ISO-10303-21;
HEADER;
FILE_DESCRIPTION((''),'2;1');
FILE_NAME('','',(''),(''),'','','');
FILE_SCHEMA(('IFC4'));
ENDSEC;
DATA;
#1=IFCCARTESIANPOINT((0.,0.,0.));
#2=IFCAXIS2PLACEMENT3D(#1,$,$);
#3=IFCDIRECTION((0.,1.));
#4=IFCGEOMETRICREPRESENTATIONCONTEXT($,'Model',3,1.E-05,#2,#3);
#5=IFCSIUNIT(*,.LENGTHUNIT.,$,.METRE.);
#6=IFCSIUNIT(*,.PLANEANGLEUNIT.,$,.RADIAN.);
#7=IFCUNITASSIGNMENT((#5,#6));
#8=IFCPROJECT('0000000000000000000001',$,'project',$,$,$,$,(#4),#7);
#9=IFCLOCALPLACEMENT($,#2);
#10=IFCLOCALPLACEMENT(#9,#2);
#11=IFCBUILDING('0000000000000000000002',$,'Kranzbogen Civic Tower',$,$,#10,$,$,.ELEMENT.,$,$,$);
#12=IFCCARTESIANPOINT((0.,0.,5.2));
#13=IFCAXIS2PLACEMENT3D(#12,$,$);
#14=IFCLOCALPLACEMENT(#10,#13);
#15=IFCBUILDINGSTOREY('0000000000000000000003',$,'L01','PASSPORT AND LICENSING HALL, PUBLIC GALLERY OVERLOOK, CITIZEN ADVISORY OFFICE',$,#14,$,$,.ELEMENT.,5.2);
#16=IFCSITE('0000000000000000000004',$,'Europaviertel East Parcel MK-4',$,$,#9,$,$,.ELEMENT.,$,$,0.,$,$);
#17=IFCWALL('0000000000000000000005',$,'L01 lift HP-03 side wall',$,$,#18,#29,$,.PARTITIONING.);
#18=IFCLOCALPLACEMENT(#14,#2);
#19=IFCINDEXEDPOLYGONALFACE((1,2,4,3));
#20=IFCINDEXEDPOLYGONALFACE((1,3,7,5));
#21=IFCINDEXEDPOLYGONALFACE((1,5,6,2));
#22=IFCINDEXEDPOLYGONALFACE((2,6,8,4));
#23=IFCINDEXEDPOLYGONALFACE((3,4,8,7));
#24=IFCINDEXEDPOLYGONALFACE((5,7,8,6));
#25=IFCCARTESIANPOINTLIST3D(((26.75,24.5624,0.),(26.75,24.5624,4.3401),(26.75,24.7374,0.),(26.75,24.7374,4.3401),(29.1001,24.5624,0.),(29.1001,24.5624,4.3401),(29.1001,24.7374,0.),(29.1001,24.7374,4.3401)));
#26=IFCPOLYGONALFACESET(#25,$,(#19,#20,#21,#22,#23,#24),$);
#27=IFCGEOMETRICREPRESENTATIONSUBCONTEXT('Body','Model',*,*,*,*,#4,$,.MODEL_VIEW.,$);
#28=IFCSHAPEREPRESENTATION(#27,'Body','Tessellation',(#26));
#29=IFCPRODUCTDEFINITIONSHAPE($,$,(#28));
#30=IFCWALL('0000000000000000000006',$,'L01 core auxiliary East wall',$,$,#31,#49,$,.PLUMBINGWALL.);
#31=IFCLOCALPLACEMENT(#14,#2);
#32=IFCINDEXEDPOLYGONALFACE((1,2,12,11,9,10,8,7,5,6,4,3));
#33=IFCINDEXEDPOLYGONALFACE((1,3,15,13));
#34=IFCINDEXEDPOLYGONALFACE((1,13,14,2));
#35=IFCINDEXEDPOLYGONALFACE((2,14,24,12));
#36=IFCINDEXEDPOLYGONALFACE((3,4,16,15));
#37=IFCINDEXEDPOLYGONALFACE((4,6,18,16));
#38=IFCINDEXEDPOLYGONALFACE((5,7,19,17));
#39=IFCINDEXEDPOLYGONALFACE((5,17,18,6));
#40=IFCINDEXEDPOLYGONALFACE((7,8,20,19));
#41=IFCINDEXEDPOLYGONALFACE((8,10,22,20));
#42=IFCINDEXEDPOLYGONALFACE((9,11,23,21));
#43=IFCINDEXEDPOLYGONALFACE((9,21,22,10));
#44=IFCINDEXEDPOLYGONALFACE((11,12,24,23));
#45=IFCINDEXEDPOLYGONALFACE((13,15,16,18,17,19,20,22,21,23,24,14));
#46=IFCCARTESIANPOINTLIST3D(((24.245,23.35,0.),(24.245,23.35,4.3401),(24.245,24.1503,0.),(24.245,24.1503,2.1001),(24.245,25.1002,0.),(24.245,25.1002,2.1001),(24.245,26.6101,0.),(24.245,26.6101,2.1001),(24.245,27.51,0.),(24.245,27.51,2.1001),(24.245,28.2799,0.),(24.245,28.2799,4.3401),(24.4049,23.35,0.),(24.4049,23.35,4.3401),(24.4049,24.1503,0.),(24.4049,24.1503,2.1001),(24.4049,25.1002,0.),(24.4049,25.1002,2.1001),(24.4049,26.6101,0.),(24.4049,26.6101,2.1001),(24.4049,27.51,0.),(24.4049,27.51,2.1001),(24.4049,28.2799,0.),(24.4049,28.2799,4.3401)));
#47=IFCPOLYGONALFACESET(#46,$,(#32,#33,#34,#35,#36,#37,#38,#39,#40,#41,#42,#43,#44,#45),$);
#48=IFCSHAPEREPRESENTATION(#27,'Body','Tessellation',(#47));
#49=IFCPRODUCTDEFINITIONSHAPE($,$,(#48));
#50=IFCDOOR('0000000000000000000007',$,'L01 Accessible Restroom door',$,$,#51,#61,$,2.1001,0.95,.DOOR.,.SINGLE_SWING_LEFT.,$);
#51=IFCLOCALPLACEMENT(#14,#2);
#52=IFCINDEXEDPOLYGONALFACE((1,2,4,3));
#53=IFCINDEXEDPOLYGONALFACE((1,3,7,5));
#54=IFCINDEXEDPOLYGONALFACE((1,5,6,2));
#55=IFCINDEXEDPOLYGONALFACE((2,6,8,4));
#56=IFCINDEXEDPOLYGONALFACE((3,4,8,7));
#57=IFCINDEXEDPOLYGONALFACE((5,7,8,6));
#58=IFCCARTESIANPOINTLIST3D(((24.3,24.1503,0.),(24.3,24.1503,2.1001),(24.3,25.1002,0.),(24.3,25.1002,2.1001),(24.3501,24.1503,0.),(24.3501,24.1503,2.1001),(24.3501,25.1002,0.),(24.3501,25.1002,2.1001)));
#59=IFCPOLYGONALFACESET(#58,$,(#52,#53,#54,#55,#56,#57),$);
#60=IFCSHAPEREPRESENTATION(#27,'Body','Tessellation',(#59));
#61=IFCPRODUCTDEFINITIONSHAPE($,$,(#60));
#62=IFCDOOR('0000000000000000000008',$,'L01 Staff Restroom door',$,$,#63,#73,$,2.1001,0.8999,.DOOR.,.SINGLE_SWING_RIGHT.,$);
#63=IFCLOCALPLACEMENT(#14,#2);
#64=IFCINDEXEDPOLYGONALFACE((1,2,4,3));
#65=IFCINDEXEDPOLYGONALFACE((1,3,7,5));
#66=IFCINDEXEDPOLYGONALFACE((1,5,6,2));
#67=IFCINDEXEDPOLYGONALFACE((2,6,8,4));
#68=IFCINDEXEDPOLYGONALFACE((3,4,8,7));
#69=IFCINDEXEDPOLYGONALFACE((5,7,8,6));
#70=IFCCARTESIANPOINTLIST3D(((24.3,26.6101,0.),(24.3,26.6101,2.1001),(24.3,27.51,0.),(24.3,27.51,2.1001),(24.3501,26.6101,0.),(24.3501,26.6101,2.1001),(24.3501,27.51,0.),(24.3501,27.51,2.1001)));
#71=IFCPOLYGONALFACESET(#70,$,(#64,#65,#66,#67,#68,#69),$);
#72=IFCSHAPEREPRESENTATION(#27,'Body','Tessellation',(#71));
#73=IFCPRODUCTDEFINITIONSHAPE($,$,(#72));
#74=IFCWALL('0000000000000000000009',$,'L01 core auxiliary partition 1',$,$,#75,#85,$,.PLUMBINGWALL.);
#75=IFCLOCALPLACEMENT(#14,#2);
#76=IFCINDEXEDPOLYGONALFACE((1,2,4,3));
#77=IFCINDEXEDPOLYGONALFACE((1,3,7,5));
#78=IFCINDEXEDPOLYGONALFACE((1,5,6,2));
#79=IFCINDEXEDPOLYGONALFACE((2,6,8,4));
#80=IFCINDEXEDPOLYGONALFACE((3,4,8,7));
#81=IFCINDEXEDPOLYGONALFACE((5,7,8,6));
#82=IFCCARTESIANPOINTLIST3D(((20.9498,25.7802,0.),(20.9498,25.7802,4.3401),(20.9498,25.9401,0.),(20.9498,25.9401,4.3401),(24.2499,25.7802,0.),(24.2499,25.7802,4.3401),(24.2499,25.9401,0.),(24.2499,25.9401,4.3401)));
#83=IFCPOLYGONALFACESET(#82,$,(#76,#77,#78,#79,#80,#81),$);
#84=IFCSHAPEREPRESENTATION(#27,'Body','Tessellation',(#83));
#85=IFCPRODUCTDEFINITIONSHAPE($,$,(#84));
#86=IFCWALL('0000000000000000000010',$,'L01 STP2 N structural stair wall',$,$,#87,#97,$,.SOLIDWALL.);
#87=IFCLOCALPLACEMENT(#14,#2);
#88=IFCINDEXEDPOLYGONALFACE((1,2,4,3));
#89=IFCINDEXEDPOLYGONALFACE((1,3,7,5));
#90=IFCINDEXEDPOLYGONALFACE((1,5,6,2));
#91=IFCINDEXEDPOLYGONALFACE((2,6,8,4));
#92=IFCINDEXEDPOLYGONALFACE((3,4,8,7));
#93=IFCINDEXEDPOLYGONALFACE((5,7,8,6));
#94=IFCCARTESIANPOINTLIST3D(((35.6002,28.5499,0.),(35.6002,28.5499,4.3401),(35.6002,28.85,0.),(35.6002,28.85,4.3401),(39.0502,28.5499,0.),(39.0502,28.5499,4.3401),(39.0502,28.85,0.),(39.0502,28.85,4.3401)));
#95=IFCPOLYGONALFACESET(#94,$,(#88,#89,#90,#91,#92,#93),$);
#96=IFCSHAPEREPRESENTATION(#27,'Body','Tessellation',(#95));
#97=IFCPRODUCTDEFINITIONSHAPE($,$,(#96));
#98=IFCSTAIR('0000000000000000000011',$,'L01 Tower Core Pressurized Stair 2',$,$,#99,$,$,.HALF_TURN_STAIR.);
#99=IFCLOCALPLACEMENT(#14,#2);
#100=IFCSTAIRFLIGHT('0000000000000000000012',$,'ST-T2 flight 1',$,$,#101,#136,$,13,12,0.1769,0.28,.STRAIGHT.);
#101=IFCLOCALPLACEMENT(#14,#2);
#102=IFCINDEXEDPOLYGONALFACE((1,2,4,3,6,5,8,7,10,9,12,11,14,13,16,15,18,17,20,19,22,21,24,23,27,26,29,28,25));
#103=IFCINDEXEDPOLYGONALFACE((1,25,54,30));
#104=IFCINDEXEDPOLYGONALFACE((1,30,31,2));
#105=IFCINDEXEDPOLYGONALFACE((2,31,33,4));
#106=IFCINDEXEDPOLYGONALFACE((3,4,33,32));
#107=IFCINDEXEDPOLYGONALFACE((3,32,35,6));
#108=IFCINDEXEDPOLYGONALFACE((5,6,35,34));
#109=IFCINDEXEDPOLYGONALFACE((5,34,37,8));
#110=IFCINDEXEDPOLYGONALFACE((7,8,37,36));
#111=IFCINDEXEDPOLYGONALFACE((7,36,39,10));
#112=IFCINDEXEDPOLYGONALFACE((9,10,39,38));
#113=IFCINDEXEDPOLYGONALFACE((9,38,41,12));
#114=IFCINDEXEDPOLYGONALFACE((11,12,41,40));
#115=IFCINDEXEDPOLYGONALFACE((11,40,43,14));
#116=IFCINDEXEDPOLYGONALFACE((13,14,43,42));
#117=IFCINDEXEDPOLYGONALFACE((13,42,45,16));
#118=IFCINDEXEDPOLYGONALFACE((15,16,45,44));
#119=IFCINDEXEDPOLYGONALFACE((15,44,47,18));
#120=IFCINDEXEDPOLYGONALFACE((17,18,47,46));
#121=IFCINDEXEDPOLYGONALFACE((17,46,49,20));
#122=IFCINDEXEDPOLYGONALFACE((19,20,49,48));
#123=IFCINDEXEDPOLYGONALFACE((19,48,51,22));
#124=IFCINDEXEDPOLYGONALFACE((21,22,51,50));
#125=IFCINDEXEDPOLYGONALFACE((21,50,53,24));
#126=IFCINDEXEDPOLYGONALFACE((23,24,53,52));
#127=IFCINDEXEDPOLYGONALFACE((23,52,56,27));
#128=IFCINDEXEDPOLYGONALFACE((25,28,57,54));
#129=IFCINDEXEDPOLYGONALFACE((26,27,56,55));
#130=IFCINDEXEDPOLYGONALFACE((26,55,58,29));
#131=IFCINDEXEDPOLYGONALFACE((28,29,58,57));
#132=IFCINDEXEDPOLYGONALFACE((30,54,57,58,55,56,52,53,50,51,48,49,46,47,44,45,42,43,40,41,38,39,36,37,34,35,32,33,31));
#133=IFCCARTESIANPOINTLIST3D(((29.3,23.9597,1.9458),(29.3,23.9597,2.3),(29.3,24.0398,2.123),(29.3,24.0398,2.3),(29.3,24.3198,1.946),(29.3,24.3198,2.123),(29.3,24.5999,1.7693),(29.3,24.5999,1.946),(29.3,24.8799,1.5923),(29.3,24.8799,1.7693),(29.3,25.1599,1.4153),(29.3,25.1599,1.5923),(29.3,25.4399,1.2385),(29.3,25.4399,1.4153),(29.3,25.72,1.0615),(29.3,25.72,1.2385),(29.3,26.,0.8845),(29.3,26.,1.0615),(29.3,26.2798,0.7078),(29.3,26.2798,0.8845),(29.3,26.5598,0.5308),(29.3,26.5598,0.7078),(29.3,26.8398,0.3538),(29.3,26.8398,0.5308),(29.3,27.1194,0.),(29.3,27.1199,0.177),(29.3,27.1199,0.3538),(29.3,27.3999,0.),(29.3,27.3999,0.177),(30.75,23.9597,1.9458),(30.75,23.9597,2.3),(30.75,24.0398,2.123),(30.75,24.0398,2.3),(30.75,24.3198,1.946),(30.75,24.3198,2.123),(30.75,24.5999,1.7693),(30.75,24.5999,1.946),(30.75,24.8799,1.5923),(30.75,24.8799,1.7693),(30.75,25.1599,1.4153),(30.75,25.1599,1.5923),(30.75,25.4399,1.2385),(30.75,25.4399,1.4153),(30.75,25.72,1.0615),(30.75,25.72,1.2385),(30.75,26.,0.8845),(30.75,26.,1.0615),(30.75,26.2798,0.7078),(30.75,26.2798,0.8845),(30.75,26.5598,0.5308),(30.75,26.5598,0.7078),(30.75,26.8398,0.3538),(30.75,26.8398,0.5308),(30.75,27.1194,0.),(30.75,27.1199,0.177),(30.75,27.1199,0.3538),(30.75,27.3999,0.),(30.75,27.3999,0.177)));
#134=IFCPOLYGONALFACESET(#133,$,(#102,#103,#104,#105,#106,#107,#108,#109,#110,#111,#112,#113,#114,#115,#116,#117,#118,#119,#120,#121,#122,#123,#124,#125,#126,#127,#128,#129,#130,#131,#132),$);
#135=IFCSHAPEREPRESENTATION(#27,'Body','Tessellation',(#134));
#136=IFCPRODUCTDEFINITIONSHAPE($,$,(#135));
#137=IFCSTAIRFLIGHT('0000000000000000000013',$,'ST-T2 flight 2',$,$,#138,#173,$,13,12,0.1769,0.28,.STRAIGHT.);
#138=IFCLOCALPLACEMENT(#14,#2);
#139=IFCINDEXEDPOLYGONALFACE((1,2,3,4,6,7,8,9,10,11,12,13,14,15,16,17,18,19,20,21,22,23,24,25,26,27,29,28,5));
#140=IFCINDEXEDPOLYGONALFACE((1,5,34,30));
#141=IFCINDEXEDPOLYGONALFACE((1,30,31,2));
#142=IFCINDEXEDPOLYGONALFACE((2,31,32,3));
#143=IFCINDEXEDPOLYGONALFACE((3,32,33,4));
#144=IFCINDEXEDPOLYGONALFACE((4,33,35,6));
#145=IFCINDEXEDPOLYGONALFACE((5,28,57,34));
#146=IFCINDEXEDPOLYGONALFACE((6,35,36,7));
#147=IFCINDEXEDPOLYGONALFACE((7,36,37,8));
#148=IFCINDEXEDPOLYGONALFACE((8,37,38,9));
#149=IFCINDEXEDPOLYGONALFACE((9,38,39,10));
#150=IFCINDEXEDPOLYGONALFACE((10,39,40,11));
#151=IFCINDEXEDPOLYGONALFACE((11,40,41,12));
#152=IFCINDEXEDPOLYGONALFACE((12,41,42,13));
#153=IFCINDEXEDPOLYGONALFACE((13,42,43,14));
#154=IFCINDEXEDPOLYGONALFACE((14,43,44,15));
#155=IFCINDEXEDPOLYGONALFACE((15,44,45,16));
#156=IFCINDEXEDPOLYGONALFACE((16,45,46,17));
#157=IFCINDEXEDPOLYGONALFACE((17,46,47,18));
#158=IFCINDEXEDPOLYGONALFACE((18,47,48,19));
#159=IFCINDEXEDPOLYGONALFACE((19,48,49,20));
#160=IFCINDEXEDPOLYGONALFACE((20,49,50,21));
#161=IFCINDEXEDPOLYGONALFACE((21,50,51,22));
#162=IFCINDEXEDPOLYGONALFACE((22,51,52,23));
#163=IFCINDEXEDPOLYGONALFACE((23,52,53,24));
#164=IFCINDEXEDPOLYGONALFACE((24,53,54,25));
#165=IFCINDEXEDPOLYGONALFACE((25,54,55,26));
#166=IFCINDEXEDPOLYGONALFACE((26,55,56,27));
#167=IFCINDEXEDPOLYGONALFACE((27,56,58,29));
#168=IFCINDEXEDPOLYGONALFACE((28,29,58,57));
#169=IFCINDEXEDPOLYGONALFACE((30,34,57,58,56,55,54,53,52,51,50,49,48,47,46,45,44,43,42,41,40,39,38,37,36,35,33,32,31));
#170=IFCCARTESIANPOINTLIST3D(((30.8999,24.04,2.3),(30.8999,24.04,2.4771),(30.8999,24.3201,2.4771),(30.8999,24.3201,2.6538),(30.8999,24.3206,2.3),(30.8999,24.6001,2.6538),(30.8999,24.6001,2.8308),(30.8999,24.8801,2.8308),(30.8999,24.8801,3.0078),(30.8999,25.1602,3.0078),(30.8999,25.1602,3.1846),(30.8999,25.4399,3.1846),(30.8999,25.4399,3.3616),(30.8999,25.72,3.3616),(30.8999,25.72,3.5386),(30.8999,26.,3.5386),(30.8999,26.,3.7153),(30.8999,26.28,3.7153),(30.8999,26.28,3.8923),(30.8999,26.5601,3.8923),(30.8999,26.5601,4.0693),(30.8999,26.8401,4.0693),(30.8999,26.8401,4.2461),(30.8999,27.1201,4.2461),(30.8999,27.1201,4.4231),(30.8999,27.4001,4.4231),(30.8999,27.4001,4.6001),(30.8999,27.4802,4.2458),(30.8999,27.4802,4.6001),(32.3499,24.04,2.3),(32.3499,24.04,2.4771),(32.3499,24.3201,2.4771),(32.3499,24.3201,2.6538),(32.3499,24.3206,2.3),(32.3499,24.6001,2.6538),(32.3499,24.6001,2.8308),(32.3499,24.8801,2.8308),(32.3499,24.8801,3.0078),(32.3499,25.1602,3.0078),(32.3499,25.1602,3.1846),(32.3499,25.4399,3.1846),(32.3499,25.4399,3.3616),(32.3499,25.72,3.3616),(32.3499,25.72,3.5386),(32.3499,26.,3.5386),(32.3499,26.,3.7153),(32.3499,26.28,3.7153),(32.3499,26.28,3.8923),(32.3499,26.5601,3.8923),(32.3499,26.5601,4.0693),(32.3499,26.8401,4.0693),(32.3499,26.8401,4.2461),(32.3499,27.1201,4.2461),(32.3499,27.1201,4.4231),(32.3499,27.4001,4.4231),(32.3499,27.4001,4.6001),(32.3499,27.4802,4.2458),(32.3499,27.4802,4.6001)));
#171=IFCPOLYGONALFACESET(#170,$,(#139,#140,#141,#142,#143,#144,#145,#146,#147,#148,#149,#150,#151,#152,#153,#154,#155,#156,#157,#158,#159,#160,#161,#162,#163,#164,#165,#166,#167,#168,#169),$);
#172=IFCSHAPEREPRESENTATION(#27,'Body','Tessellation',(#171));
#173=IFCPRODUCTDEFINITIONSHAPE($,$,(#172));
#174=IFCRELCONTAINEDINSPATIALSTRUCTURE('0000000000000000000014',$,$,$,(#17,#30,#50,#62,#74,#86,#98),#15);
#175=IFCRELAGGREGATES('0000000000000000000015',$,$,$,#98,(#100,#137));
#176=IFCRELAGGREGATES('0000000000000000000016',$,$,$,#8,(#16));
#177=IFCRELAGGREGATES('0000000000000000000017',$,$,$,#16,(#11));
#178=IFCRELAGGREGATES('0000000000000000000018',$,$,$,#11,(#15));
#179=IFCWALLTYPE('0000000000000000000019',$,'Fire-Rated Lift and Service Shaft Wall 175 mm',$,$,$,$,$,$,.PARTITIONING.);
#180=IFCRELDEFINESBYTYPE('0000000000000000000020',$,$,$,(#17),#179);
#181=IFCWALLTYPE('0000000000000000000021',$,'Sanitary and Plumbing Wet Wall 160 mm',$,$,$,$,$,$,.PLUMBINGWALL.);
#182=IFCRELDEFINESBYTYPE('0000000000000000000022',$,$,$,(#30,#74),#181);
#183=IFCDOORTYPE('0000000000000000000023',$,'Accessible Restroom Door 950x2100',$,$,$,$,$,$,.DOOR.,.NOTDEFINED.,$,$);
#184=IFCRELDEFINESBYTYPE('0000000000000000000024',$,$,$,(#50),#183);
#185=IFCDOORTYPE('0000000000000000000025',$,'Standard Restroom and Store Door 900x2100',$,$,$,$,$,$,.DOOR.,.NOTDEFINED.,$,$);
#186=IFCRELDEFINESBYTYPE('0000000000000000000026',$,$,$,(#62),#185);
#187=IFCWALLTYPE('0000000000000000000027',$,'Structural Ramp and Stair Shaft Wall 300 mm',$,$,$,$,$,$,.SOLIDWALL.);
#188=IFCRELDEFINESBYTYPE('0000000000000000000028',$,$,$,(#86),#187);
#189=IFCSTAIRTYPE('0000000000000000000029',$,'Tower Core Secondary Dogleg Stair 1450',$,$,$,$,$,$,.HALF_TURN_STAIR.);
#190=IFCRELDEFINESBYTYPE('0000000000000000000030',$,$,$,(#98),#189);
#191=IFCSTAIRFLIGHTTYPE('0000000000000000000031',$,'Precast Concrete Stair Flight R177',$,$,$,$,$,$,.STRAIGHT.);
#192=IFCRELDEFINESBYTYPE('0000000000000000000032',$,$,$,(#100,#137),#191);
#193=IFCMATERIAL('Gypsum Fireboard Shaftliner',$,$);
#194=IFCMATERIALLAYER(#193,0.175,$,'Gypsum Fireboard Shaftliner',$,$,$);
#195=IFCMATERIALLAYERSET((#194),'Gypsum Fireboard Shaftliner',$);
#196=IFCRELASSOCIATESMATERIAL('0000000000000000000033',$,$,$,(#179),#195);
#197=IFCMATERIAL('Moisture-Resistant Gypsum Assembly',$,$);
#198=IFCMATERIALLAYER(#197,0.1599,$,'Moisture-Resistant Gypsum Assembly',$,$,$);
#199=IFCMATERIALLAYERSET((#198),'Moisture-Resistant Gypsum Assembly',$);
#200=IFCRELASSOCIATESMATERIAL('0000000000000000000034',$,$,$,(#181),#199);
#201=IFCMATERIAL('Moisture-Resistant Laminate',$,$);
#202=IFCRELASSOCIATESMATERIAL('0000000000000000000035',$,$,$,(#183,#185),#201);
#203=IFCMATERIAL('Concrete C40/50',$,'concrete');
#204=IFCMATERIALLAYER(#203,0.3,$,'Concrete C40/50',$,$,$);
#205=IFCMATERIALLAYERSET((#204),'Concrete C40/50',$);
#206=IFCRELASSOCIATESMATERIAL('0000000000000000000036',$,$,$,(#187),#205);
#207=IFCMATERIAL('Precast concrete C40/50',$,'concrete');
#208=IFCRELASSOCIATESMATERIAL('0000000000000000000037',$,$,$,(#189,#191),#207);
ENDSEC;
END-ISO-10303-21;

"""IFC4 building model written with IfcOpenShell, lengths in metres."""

from ifc_helpers import new_model, si_unit, direction, frame, frame_2d, origin, place, context, subcontext, project, spatial, polyline, rectangle, outline, extrude, material, layer, layer_set, type_object, element, fill, aggregate, save


model = new_model("IFC4")

# Units and contexts
model_context = context("Model", 3, precision=1e-05, world=origin(), true_north=direction((0.0, 1.0)))
body_context = subcontext(model_context, "Body", "Model", "MODEL_VIEW")
ifc_project = project(units=[si_unit("LENGTHUNIT", "METRE"), si_unit("PLANEANGLEUNIT", "RADIAN")], contexts=[model_context])

# Site, building, storey
site_placement = place(None, origin())
site = spatial("IfcSite", under=ifc_project, at=site_placement, Name="Europaviertel East Parcel MK-4", CompositionType="ELEMENT", RefElevation=0.0)
building_placement = place(site_placement, origin())
building = spatial("IfcBuilding", under=site, at=building_placement, Name="Kranzbogen Civic Tower", CompositionType="ELEMENT")
storey_placement = place(building_placement, frame((0.0, 0.0, 5.2)))
storey = spatial("IfcBuildingStorey", under=building, at=storey_placement, Name="L01", Description="PASSPORT AND LICENSING HALL, PUBLIC GALLERY OVERLOOK, CITIZEN ADVISORY OFFICE", CompositionType="ELEMENT", Elevation=5.2)

# Wall
ifc_material_1 = material(Name="Gypsum Fireboard Shaftliner")
ifc_layer_1 = layer(ifc_material_1, 0.175, Name="Gypsum Fireboard Shaftliner")
ifc_layer_set_1 = layer_set([ifc_layer_1], Name="Gypsum Fireboard Shaftliner")
wall_type_1 = type_object("IfcWallType", Name="Fire-Rated Lift and Service Shaft Wall 175 mm", PredefinedType="PARTITIONING", material=ifc_layer_set_1)
wall_1_placement = place(storey_placement, frame((26.75, 24.6499, 0.0), z_axis=(0.0, 0.0, 1.0), x_axis=(1.0, 0.0, 0.0)))
element("IfcWall", 1, at=wall_1_placement, inside=storey, type_object=wall_type_1, Name="L01 lift HP-03 side wall", PredefinedType="PARTITIONING", context=body_context, shape_type="SweptSolid", body=[
    extrude(rectangle(XDim=2.3501, YDim=0.175, at=frame_2d((1.175, 0.0))), origin(), (0.0, 0.0, 1.0), 4.3401),
])

# Wall, openings, doors
ifc_material_2 = material(Name="Moisture-Resistant Gypsum Assembly")
ifc_layer_2 = layer(ifc_material_2, 0.1599, Name="Moisture-Resistant Gypsum Assembly")
ifc_layer_set_2 = layer_set([ifc_layer_2], Name="Moisture-Resistant Gypsum Assembly")
wall_type_2 = type_object("IfcWallType", Name="Sanitary and Plumbing Wet Wall 160 mm", PredefinedType="PLUMBINGWALL", material=ifc_layer_set_2)
wall_2_placement = place(storey_placement, frame((24.325, 23.3501, 0.0), z_axis=(0.0, 0.0, 1.0), x_axis=(0.0, 1.0, 0.0)))
wall_2 = element("IfcWall", 2, at=wall_2_placement, inside=storey, type_object=wall_type_2, Name="L01 core auxiliary East wall", PredefinedType="PLUMBINGWALL", context=body_context, shape_type="SweptSolid", body=[
    extrude(rectangle(XDim=4.9299, YDim=0.1599, at=frame_2d((2.4648, 0.0))), origin(), (0.0, 0.0, 1.0), 4.3401),
])
opening_1_placement = place(wall_2_placement, frame((0.8, 0.0, 0.0)))
opening_1 = element("IfcOpeningElement", 3, at=opening_1_placement, cuts=wall_2, PredefinedType="OPENING", context=body_context, shape_type="SweptSolid", body=[
    extrude(rectangle(XDim=0.95, YDim=2.1001, at=frame_2d((0.4751, 1.05))), frame((0.0, 0.0898, 0.0), z_axis=(0.0, -1.0, 0.0), x_axis=(1.0, 0.0, 0.0)), (0.0, 0.0, 1.0), 0.1799),
])
opening_2_placement = place(wall_2_placement, frame((3.26, 0.0, 0.0)))
opening_2 = element("IfcOpeningElement", 4, at=opening_2_placement, cuts=wall_2, PredefinedType="OPENING", context=body_context, shape_type="SweptSolid", body=[
    extrude(rectangle(XDim=0.8999, YDim=2.1001, at=frame_2d((0.45, 1.05))), frame((0.0, 0.0898, 0.0), z_axis=(0.0, -1.0, 0.0), x_axis=(1.0, 0.0, 0.0)), (0.0, 0.0, 1.0), 0.1799),
])
ifc_material_3 = material(Name="Moisture-Resistant Laminate")
door_type_1 = type_object("IfcDoorType", Name="Accessible Restroom Door 950x2100", OperationType="NOTDEFINED", PredefinedType="DOOR", material=ifc_material_3)
door_1_placement = place(opening_1_placement, origin())
door_1 = element("IfcDoor", 5, at=door_1_placement, inside=storey, type_object=door_type_1, Name="L01 Accessible Restroom door", OperationType="SINGLE_SWING_LEFT", OverallHeight=2.1001, OverallWidth=0.95, PredefinedType="DOOR", context=body_context, shape_type="SweptSolid", body=[
    extrude(rectangle(XDim=0.95, YDim=2.1001, at=frame_2d((0.4751, 1.05))), frame((0.0, 0.0249, 0.0), z_axis=(0.0, -1.0, 0.0), x_axis=(1.0, 0.0, 0.0)), (0.0, 0.0, 1.0), 0.05),
])
fill(opening_1, door_1)
door_type_2 = type_object("IfcDoorType", Name="Standard Restroom and Store Door 900x2100", OperationType="NOTDEFINED", PredefinedType="DOOR", material=ifc_material_3)
door_2_placement = place(opening_2_placement, origin())
door_2 = element("IfcDoor", 6, at=door_2_placement, inside=storey, type_object=door_type_2, Name="L01 Staff Restroom door", OperationType="SINGLE_SWING_RIGHT", OverallHeight=2.1001, OverallWidth=0.8999, PredefinedType="DOOR", context=body_context, shape_type="SweptSolid", body=[
    extrude(rectangle(XDim=0.8999, YDim=2.1001, at=frame_2d((0.45, 1.05))), frame((0.0, 0.0249, 0.0), z_axis=(0.0, -1.0, 0.0), x_axis=(1.0, 0.0, 0.0)), (0.0, 0.0, 1.0), 0.05),
])
fill(opening_2, door_2)

# Walls
wall_3_placement = place(storey_placement, frame((20.95, 25.8601, 0.0), z_axis=(0.0, 0.0, 1.0), x_axis=(1.0, 0.0, 0.0)))
element("IfcWall", 7, at=wall_3_placement, inside=storey, type_object=wall_type_2, Name="L01 core auxiliary partition 1", PredefinedType="PLUMBINGWALL", context=body_context, shape_type="SweptSolid", body=[
    extrude(rectangle(XDim=3.3, YDim=0.1599, at=frame_2d((1.6499, 0.0))), origin(), (0.0, 0.0, 1.0), 4.3401),
])
ifc_material_4 = material(Name="Concrete C40/50", Category="concrete")
ifc_layer_3 = layer(ifc_material_4, 0.3, Name="Concrete C40/50")
ifc_layer_set_3 = layer_set([ifc_layer_3], Name="Concrete C40/50")
wall_type_3 = type_object("IfcWallType", Name="Structural Ramp and Stair Shaft Wall 300 mm", PredefinedType="SOLIDWALL", material=ifc_layer_set_3)
wall_4_placement = place(storey_placement, frame((35.6001, 28.7, 0.0), z_axis=(0.0, 0.0, 1.0), x_axis=(1.0, 0.0, 0.0)))
element("IfcWall", 8, at=wall_4_placement, inside=storey, type_object=wall_type_3, Name="L01 STP2 N structural stair wall", PredefinedType="SOLIDWALL", context=body_context, shape_type="SweptSolid", body=[
    extrude(rectangle(XDim=3.45, YDim=0.3, at=frame_2d((1.7251, 0.0))), origin(), (0.0, 0.0, 1.0), 4.3401),
])

# Stair, stair flights
ifc_material_5 = material(Name="Precast concrete C40/50", Category="concrete")
stair_type = type_object("IfcStairType", Name="Tower Core Secondary Dogleg Stair 1450", PredefinedType="HALF_TURN_STAIR", material=ifc_material_5)
stair_placement = place(storey_placement, origin())
stair = element("IfcStair", 9, at=stair_placement, inside=storey, type_object=stair_type, Name="L01 Tower Core Pressurized Stair 2", PredefinedType="HALF_TURN_STAIR")
stair_flight_type = type_object("IfcStairFlightType", Name="Precast Concrete Stair Flight R177", PredefinedType="STRAIGHT", material=ifc_material_5)
stair_flight_1_placement = place(storey_placement, frame((30.0249, 27.3999, 0.0), z_axis=(0.0, 0.0, 1.0), x_axis=(0.0, -1.0, 0.0)))
stair_flight_1 = element("IfcStairFlight", 10, at=stair_flight_1_placement, type_object=stair_flight_type, Name="ST-T2 flight 1", NumberOfRisers=13, NumberOfTreads=12, PredefinedType="STRAIGHT", RiserHeight=0.1769, TreadLength=0.28, context=body_context, shape_type="SweptSolid", body=[
    extrude(outline(polyline([(0.0, 0.0), (0.0, 0.177), (0.28, 0.177), (0.28, 0.3538), (0.5601, 0.3538), (0.5601, 0.5308), (0.8401, 0.5308), (0.8401, 0.7078), (1.1201, 0.7078), (1.1201, 0.8845), (1.3999, 0.8845), (1.3999, 1.0615), (1.6799, 1.0615), (1.6799, 1.2385), (1.96, 1.2385), (1.96, 1.4153), (2.24, 1.4153), (2.24, 1.5923), (2.52, 1.5923), (2.52, 1.7693), (2.8, 1.7693), (2.8, 1.946), (3.0801, 1.946), (3.0801, 2.123), (3.3601, 2.123), (3.3601, 2.3), (3.4402, 2.3), (3.4402, 1.9458), (0.2805, 0.0), (0.0, 0.0)])), frame((0.0, 0.7251, 0.0), z_axis=(0.0, -1.0, 0.0), x_axis=(1.0, 0.0, 0.0)), (0.0, 0.0, 1.0), 1.45),
])
stair_flight_2_placement = place(storey_placement, frame((31.625, 24.04, 2.3), z_axis=(0.0, 0.0, 1.0), x_axis=(0.0, 1.0, 0.0)))
stair_flight_2 = element("IfcStairFlight", 11, at=stair_flight_2_placement, type_object=stair_flight_type, Name="ST-T2 flight 2", NumberOfRisers=13, NumberOfTreads=12, PredefinedType="STRAIGHT", RiserHeight=0.1769, TreadLength=0.28, context=body_context, shape_type="SweptSolid", body=[
    extrude(outline(polyline([(0.0, 0.0), (0.0, 0.177), (0.28, 0.177), (0.28, 0.3538), (0.5601, 0.3538), (0.5601, 0.5308), (0.8401, 0.5308), (0.8401, 0.7078), (1.1201, 0.7078), (1.1201, 0.8845), (1.3999, 0.8845), (1.3999, 1.0615), (1.6799, 1.0615), (1.6799, 1.2385), (1.96, 1.2385), (1.96, 1.4153), (2.24, 1.4153), (2.24, 1.5923), (2.52, 1.5923), (2.52, 1.7693), (2.8, 1.7693), (2.8, 1.946), (3.0801, 1.946), (3.0801, 2.123), (3.3601, 2.123), (3.3601, 2.3), (3.4402, 2.3), (3.4402, 1.9458), (0.2805, 0.0), (0.0, 0.0)])), frame((0.0, 0.7251, 0.0), z_axis=(0.0, -1.0, 0.0), x_axis=(1.0, 0.0, 0.0)), (0.0, 0.0, 1.0), 1.45),
])
aggregate(stair, [stair_flight_1, stair_flight_2])

save(model, "model.ifc")
